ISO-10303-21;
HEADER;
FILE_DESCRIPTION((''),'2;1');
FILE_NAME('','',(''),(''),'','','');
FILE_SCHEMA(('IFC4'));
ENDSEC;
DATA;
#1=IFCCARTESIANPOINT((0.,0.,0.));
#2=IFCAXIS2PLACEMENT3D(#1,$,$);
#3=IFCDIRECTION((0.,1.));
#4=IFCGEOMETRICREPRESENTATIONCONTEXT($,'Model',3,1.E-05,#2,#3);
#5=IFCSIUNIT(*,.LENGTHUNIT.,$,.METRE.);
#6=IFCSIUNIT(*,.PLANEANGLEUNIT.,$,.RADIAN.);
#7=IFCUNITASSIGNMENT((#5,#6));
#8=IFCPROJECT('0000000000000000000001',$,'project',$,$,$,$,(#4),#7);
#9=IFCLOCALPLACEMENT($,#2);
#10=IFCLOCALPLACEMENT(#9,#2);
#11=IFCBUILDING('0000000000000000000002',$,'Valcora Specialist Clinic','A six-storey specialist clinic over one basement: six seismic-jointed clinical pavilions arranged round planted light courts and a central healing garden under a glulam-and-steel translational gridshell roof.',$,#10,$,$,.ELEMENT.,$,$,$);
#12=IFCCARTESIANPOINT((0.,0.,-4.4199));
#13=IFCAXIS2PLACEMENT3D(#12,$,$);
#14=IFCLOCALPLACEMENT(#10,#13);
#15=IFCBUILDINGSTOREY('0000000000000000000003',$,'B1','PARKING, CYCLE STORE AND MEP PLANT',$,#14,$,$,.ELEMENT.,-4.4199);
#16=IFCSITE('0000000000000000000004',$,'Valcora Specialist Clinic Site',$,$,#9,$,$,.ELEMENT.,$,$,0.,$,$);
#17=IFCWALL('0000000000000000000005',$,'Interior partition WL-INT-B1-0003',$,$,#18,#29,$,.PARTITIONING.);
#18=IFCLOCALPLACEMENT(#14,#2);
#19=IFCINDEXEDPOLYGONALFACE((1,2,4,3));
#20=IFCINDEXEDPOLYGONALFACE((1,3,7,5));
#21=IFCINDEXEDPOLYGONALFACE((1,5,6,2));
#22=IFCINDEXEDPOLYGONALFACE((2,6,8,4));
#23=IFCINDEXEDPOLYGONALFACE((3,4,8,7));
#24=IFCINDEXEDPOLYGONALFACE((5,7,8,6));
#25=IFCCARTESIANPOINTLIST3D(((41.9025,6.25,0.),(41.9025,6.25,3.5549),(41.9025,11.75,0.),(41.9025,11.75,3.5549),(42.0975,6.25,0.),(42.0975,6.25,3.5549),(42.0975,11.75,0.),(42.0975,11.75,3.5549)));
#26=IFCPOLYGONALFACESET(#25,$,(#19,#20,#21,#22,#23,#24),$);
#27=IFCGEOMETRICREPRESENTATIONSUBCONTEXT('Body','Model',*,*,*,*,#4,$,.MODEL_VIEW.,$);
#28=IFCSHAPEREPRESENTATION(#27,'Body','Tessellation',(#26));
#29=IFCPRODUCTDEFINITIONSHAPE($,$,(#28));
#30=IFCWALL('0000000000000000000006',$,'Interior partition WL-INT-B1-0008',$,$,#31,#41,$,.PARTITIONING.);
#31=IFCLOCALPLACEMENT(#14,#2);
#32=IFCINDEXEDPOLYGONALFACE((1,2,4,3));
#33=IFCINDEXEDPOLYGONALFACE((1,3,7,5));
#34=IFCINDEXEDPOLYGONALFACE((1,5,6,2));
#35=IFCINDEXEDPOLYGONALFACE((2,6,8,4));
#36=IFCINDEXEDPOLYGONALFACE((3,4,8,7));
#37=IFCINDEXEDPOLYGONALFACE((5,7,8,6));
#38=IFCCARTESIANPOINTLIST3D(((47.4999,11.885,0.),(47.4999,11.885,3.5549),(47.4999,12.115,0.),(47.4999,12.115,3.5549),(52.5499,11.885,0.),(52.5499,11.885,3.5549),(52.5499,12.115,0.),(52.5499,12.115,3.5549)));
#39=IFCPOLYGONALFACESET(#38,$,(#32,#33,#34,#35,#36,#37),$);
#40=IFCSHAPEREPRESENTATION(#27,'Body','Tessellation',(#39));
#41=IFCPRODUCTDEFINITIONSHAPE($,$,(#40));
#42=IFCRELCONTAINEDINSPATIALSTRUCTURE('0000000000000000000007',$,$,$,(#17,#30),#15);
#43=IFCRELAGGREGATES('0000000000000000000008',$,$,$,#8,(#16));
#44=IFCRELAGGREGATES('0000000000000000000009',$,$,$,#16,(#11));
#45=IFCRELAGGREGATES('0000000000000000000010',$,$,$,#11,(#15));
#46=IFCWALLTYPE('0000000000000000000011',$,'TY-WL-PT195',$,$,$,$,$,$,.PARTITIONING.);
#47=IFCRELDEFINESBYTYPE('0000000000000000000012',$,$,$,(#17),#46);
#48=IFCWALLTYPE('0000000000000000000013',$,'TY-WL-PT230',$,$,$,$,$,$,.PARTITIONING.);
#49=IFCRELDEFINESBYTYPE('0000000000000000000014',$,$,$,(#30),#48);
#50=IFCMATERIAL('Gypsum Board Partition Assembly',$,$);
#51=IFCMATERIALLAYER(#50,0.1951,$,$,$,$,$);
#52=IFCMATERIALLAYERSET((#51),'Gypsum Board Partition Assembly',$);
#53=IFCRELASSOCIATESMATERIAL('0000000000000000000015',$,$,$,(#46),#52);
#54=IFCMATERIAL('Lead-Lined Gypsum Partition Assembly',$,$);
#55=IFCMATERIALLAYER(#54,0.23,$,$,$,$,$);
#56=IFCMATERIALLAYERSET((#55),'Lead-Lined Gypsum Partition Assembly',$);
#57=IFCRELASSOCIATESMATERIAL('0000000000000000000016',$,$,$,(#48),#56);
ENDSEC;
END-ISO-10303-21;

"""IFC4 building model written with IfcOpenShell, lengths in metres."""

from ifc_helpers import new_model, si_unit, direction, frame, frame_2d, origin, place, context, subcontext, project, spatial, rectangle, extrude, material, layer, layer_set, type_object, element, save


model = new_model("IFC4")

# Units and contexts
model_context = context("Model", 3, precision=1e-05, world=origin(), true_north=direction((0.0, 1.0)))
body_context = subcontext(model_context, "Body", "Model", "MODEL_VIEW")
ifc_project = project(units=[si_unit("LENGTHUNIT", "METRE"), si_unit("PLANEANGLEUNIT", "RADIAN")], contexts=[model_context])

# Site, building, storey
site_placement = place(None, origin())
site = spatial("IfcSite", under=ifc_project, at=site_placement, Name="Valcora Specialist Clinic Site", CompositionType="ELEMENT", RefElevation=0.0)
building_placement = place(site_placement, origin())
building = spatial("IfcBuilding", under=site, at=building_placement, Name="Valcora Specialist Clinic", Description="A six-storey specialist clinic over one basement: six seismic-jointed clinical pavilions arranged round planted light courts and a central healing garden under a glulam-and-steel translational gridshell roof.", CompositionType="ELEMENT")
storey_placement = place(building_placement, frame((0.0, 0.0, -4.4199)))
storey = spatial("IfcBuildingStorey", under=building, at=storey_placement, Name="B1", Description="PARKING, CYCLE STORE AND MEP PLANT", CompositionType="ELEMENT", Elevation=-4.4199)

# Shared definitions
ifc_material_1 = material(Name="Gypsum Board Partition Assembly")

# Walls
ifc_layer_1 = layer(ifc_material_1, 0.1951)
ifc_layer_set_1 = layer_set([ifc_layer_1], Name="Gypsum Board Partition Assembly")
wall_type_1 = type_object("IfcWallType", Name="TY-WL-PT195", PredefinedType="PARTITIONING", material=ifc_layer_set_1)
wall_1_placement = place(storey_placement, frame((42.0, 11.75, 0.0), z_axis=(0.0, 0.0, 1.0), x_axis=(0.0, -1.0, 0.0)))
element("IfcWall", 1, at=wall_1_placement, inside=storey, type_object=wall_type_1, Name="Interior partition WL-INT-B1-0003", PredefinedType="PARTITIONING", context=body_context, shape_type="SweptSolid", body=[
    extrude(rectangle(XDim=5.5, YDim=0.1951, at=frame_2d((2.75, 0.0))), origin(), (0.0, 0.0, 1.0), 3.5549),
])
ifc_material_2 = material(Name="Lead-Lined Gypsum Partition Assembly")
ifc_layer_2 = layer(ifc_material_2, 0.23)
ifc_layer_set_2 = layer_set([ifc_layer_2], Name="Lead-Lined Gypsum Partition Assembly")
wall_type_2 = type_object("IfcWallType", Name="TY-WL-PT230", PredefinedType="PARTITIONING", material=ifc_layer_set_2)
wall_2_placement = place(storey_placement, frame((47.5, 12.0, 0.0), z_axis=(0.0, 0.0, 1.0), x_axis=(1.0, 0.0, 0.0)))
element("IfcWall", 2, at=wall_2_placement, inside=storey, type_object=wall_type_2, Name="Interior partition WL-INT-B1-0008", PredefinedType="PARTITIONING", context=body_context, shape_type="SweptSolid", body=[
    extrude(rectangle(XDim=5.05, YDim=0.23, at=frame_2d((2.5249, 0.0))), origin(), (0.0, 0.0, 1.0), 3.5549),
])

save(model, "model.ifc")
